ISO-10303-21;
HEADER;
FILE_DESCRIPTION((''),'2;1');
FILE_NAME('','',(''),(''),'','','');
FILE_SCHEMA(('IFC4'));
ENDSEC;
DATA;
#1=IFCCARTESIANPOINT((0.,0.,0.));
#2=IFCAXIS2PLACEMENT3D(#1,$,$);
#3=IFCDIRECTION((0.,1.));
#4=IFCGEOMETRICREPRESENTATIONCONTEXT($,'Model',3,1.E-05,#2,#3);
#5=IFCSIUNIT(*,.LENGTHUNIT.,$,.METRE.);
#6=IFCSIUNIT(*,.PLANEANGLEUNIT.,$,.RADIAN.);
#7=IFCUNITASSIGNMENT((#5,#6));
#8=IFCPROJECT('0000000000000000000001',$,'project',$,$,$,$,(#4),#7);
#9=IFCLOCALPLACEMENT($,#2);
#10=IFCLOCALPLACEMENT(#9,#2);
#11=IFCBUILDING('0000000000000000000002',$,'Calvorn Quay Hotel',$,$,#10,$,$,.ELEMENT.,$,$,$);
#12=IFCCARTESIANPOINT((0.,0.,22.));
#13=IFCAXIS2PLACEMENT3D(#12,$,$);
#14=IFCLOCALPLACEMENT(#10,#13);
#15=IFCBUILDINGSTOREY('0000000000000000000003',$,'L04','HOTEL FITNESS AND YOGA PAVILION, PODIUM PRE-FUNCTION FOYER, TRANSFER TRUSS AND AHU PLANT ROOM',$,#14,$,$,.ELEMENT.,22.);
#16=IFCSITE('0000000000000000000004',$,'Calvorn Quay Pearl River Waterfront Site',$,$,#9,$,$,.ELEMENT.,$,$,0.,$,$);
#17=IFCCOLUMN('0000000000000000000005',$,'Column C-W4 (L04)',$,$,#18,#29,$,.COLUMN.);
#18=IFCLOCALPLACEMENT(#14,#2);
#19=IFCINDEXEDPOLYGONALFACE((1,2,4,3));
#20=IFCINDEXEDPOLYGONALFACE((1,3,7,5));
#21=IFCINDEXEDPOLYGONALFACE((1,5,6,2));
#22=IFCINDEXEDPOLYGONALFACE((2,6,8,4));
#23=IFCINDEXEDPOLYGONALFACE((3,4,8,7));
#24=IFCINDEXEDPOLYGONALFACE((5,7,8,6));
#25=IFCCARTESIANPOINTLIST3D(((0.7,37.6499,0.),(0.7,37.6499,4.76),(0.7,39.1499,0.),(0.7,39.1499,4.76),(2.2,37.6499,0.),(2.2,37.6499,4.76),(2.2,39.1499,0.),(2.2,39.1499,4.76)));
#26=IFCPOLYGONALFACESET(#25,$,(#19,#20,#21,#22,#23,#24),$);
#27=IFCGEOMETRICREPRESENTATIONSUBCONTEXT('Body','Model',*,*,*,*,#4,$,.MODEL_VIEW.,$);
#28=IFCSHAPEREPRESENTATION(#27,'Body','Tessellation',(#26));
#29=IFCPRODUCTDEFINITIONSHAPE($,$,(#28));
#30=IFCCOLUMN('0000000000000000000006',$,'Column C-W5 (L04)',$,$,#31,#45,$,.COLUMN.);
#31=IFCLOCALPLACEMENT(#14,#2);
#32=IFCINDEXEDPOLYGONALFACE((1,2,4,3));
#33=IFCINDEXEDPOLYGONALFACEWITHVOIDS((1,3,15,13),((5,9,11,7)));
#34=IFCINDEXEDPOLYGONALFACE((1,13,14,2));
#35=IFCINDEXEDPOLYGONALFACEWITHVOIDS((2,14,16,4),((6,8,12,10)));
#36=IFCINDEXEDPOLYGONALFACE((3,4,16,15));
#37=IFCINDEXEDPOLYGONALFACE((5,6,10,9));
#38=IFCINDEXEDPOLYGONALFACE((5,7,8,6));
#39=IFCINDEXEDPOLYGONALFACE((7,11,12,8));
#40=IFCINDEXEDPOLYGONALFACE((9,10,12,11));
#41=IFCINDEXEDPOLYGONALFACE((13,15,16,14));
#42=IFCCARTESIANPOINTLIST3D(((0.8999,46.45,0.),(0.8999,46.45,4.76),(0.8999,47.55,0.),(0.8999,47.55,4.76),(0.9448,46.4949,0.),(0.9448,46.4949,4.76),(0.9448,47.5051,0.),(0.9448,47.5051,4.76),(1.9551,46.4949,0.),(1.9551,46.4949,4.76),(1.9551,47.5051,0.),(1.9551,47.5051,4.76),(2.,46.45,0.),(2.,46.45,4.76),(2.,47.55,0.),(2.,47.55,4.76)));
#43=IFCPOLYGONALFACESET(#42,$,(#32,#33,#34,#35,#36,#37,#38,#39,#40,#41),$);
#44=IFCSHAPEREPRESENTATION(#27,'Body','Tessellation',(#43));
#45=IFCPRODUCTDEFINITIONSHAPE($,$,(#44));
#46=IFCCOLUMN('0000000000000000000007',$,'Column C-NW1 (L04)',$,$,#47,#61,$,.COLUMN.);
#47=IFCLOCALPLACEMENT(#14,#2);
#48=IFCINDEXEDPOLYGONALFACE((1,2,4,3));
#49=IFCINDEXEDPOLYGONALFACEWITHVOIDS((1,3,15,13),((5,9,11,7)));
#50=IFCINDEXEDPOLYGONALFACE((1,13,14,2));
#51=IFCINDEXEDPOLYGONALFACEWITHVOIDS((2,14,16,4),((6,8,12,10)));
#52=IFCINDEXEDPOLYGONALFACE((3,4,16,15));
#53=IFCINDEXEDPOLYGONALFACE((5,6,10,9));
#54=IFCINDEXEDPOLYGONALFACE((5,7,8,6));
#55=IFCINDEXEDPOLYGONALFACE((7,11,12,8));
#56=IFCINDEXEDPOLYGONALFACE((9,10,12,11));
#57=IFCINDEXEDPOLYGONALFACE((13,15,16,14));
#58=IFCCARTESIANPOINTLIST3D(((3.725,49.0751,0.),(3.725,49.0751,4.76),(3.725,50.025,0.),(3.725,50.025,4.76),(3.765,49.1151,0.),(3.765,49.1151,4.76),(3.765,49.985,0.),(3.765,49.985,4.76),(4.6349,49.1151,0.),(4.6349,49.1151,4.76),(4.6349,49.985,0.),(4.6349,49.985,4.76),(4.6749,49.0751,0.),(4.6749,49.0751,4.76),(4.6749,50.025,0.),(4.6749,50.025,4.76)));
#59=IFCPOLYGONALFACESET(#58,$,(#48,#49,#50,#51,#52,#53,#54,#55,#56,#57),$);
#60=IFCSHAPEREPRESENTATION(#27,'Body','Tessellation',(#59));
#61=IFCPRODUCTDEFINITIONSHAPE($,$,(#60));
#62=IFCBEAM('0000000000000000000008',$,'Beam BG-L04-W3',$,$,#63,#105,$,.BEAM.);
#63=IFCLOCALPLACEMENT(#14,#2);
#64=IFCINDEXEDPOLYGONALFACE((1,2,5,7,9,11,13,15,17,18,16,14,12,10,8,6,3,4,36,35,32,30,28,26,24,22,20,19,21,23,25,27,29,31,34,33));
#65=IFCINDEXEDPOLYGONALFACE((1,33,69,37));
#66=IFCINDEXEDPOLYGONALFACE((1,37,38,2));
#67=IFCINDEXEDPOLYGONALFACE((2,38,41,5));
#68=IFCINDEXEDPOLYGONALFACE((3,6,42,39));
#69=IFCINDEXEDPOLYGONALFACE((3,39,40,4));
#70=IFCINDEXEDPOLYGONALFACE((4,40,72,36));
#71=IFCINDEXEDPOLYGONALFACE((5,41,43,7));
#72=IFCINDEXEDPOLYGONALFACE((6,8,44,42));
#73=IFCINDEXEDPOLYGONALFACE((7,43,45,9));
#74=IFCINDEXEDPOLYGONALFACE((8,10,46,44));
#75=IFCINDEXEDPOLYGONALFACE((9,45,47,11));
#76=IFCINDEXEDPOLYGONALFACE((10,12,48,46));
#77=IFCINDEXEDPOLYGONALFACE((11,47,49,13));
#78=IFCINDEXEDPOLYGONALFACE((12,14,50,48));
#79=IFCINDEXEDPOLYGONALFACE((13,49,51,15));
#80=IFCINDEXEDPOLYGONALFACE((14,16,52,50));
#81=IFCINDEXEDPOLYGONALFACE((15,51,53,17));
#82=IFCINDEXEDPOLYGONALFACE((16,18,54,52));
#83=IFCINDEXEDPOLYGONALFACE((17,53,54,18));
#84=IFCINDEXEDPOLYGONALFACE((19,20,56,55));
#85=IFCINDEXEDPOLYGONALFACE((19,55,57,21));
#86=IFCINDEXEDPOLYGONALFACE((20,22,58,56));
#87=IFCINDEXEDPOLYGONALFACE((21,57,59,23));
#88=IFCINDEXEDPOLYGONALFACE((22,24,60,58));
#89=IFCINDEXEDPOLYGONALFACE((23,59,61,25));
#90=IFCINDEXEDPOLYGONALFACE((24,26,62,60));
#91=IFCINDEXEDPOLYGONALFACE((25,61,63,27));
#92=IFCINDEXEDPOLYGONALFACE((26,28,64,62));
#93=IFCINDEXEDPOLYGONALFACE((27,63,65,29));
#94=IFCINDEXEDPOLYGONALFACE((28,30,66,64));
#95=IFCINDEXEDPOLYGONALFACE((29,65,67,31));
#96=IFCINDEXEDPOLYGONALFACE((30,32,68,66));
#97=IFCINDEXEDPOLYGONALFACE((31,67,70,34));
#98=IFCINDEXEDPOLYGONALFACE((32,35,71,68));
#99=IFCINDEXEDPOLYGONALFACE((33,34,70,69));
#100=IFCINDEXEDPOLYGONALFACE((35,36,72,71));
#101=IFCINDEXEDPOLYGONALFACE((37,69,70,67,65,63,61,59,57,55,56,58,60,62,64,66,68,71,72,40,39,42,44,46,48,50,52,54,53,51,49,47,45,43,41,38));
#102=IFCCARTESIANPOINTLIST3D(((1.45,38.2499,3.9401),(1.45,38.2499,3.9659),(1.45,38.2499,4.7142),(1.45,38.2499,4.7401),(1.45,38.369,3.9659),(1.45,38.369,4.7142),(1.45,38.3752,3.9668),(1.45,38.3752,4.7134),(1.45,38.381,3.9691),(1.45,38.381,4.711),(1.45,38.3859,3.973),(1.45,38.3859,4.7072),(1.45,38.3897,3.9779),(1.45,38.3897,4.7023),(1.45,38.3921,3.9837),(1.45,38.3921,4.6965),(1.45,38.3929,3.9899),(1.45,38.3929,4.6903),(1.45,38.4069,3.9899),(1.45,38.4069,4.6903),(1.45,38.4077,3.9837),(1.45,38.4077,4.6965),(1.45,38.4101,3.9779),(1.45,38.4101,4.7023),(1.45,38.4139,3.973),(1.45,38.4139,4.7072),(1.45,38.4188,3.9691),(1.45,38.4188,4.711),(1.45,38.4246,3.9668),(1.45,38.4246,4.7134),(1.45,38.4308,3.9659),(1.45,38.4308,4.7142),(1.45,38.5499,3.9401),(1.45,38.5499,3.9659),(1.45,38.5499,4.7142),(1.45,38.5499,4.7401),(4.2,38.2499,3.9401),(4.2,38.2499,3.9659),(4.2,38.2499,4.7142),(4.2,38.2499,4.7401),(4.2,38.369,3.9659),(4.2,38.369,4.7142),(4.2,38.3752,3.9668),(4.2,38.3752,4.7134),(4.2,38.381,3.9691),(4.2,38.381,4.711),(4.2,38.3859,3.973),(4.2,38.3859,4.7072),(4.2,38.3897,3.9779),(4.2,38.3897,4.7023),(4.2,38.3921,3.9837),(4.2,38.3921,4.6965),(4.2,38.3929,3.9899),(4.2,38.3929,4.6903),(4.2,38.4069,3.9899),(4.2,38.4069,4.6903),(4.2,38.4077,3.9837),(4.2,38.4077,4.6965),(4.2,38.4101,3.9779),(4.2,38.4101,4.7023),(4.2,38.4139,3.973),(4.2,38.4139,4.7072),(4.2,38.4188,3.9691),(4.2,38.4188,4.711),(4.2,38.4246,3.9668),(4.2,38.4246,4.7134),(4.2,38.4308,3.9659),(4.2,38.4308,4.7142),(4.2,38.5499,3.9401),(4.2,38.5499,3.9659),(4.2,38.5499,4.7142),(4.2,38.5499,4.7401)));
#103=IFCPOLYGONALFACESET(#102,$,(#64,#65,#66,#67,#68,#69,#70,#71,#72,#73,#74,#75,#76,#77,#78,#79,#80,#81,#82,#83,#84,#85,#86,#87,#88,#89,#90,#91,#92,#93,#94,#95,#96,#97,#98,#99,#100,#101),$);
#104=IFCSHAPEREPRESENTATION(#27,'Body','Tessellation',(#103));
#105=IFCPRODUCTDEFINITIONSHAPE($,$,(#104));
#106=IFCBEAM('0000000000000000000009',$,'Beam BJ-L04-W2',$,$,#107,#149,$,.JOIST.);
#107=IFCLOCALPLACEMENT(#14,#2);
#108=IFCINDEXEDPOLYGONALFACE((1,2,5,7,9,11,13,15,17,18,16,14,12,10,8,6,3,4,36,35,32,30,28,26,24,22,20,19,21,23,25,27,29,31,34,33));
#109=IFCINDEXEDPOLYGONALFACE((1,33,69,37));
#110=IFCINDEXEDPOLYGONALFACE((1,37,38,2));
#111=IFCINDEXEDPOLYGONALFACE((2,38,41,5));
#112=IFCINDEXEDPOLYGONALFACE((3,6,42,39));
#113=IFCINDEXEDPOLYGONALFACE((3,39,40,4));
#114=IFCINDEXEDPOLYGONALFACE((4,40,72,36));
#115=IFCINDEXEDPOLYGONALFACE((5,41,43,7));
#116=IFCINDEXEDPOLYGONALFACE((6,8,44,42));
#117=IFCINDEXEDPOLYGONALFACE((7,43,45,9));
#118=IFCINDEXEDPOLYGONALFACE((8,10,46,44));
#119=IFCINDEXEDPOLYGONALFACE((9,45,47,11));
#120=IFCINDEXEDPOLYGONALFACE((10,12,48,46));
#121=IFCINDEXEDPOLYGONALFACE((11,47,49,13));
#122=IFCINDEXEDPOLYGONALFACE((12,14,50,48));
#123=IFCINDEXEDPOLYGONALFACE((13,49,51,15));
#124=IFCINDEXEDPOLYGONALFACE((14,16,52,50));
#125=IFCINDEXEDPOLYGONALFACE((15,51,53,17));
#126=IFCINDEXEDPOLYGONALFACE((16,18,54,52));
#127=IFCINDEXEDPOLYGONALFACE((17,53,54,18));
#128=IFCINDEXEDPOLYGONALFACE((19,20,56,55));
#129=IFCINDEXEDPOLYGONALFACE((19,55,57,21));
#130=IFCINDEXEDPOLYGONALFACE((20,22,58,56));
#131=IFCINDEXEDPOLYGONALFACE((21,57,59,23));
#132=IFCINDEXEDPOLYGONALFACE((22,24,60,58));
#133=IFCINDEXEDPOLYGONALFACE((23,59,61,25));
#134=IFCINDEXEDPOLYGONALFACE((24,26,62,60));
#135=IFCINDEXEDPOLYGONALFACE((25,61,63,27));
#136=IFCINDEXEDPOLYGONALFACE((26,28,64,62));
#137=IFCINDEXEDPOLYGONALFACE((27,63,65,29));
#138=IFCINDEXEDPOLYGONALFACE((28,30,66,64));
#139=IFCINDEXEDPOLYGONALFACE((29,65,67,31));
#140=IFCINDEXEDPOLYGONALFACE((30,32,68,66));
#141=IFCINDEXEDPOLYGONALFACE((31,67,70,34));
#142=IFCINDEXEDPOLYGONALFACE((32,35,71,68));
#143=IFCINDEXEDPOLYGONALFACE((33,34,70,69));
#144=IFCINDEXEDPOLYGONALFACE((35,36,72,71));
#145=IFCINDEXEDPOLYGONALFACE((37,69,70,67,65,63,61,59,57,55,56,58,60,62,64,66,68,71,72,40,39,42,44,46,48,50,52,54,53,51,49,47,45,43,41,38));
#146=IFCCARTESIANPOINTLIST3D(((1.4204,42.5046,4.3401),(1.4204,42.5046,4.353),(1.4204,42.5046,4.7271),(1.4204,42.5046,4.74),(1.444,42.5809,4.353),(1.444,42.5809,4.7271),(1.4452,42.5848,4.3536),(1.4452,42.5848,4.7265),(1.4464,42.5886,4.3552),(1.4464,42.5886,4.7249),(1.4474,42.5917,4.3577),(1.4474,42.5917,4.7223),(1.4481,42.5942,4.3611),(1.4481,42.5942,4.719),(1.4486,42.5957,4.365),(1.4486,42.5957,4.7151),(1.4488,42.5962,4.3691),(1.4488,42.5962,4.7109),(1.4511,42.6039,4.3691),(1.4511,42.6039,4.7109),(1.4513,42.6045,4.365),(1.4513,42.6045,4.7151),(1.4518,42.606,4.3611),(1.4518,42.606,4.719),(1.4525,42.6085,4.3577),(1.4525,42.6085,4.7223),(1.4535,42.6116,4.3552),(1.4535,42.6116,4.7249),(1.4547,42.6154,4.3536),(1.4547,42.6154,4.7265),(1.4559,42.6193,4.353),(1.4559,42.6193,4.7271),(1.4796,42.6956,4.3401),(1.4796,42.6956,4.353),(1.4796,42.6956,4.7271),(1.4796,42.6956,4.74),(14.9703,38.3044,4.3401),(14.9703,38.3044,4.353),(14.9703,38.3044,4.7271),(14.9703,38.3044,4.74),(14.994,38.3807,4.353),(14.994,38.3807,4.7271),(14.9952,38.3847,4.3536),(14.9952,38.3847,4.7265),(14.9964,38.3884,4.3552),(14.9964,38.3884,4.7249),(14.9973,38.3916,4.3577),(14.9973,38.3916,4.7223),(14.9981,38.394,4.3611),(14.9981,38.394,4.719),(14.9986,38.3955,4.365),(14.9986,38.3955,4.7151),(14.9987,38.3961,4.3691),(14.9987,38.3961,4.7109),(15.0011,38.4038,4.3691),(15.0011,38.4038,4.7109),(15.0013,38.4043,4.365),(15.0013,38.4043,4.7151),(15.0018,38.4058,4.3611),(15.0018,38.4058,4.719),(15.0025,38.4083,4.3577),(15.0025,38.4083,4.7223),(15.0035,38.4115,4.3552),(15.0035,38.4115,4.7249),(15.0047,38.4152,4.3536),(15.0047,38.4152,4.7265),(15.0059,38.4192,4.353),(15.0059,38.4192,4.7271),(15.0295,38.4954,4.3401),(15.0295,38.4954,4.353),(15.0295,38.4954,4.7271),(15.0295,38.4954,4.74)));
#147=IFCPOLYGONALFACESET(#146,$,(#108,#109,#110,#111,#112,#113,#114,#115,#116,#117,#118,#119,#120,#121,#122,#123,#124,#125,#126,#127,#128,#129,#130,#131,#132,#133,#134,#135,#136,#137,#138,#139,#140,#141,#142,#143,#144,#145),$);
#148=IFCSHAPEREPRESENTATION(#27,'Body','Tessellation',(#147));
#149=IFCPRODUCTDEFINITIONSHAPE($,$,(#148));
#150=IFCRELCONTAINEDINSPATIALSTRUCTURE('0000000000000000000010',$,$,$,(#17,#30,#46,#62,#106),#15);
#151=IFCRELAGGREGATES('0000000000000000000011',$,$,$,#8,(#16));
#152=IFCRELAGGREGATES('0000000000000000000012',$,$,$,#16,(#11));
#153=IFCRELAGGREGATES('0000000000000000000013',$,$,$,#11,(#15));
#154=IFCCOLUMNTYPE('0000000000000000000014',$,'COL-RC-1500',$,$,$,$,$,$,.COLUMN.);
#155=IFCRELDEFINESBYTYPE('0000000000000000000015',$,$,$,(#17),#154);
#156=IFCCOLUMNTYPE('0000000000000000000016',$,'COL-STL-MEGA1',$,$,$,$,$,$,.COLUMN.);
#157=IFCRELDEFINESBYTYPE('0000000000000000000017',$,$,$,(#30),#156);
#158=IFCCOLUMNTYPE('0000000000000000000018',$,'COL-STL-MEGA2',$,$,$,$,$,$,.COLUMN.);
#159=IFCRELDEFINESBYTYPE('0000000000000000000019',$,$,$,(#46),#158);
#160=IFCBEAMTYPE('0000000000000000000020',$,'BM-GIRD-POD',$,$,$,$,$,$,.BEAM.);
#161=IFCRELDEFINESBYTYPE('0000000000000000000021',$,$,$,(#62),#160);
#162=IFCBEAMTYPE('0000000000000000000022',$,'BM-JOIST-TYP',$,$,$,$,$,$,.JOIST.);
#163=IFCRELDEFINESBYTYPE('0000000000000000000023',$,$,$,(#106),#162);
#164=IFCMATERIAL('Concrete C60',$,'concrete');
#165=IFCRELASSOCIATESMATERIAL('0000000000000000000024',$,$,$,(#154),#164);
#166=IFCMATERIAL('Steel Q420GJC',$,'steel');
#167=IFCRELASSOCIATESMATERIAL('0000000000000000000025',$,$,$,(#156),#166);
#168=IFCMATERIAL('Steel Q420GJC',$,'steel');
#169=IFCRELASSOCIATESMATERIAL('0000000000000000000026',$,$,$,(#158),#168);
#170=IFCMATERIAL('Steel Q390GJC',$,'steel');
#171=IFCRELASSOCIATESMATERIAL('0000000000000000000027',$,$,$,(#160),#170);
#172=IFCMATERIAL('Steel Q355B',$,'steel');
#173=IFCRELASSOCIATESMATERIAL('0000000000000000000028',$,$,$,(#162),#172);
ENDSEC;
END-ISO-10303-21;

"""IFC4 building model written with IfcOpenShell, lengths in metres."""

from ifc_helpers import new_model, si_unit, direction, frame, origin, origin_2d, place, context, subcontext, project, spatial, rectangle, hollow_rectangle, i_section, extrude, material, material_profile, profile_set, type_object, element, save


model = new_model("IFC4")

# Units and contexts
model_context = context("Model", 3, precision=1e-05, world=origin(), true_north=direction((0.0, 1.0)))
body_context = subcontext(model_context, "Body", "Model", "MODEL_VIEW")
ifc_project = project(units=[si_unit("LENGTHUNIT", "METRE"), si_unit("PLANEANGLEUNIT", "RADIAN")], contexts=[model_context])

# Site, building, storey
site_placement = place(None, origin())
site = spatial("IfcSite", under=ifc_project, at=site_placement, Name="Calvorn Quay Pearl River Waterfront Site", CompositionType="ELEMENT", RefElevation=0.0)
building_placement = place(site_placement, origin())
building = spatial("IfcBuilding", under=site, at=building_placement, Name="Calvorn Quay Hotel", CompositionType="ELEMENT")
storey_placement = place(building_placement, frame((0.0, 0.0, 22.0)))
storey = spatial("IfcBuildingStorey", under=building, at=storey_placement, Name="L04", Description="HOTEL FITNESS AND YOGA PAVILION, PODIUM PRE-FUNCTION FOYER, TRANSFER TRUSS AND AHU PLANT ROOM", CompositionType="ELEMENT", Elevation=22.0)

# Columns
ifc_material_1 = material(Name="Concrete C60", Category="concrete")
ifc_material_profile_1 = material_profile(ifc_material_1, rectangle(XDim=1.5, YDim=1.5, at=origin_2d()), Name="RC1500x1500")
ifc_profile_set_1 = profile_set([ifc_material_profile_1], Name="Concrete C60")
column_type_1 = type_object("IfcColumnType", Name="COL-RC-1500", PredefinedType="COLUMN", material=ifc_profile_set_1)
column_1_placement = place(storey_placement, frame((1.45, 38.3999, 0.0), z_axis=(0.0, 0.0, 1.0), x_axis=(1.0, 0.0, 0.0)))
element("IfcColumn", 1, at=column_1_placement, inside=storey, type_object=column_type_1, Name="Column C-W4 (L04)", PredefinedType="COLUMN", context=body_context, shape_type="SweptSolid", body=[
    extrude(rectangle(XDim=1.5, YDim=1.5, at=origin_2d()), origin(), (0.0, 0.0, 1.0), 4.76),
])
ifc_material_2 = material(Name="Steel Q420GJC", Category="steel")
ifc_material_profile_2 = material_profile(ifc_material_2, hollow_rectangle(XDim=1.1001, YDim=1.1001, WallThickness=0.0449, at=origin_2d()), Name="BOX1100x1100x45")
ifc_profile_set_2 = profile_set([ifc_material_profile_2], Name="Steel Q420GJC")
column_type_2 = type_object("IfcColumnType", Name="COL-STL-MEGA1", PredefinedType="COLUMN", material=ifc_profile_set_2)
column_2_placement = place(storey_placement, frame((1.45, 47.0, 0.0), z_axis=(0.0, 0.0, 1.0), x_axis=(1.0, 0.0, 0.0)))
element("IfcColumn", 2, at=column_2_placement, inside=storey, type_object=column_type_2, Name="Column C-W5 (L04)", PredefinedType="COLUMN", context=body_context, shape_type="SweptSolid", body=[
    extrude(hollow_rectangle(XDim=1.1001, YDim=1.1001, WallThickness=0.0449, at=origin_2d()), origin(), (0.0, 0.0, 1.0), 4.76),
])
ifc_material_3 = material(Name="Steel Q420GJC", Category="steel")
ifc_material_profile_3 = material_profile(ifc_material_3, hollow_rectangle(XDim=0.95, YDim=0.95, WallThickness=0.04, at=origin_2d()), Name="BOX950x950x40")
ifc_profile_set_3 = profile_set([ifc_material_profile_3], Name="Steel Q420GJC")
column_type_3 = type_object("IfcColumnType", Name="COL-STL-MEGA2", PredefinedType="COLUMN", material=ifc_profile_set_3)
column_3_placement = place(storey_placement, frame((4.2, 49.55, 0.0), z_axis=(0.0, 0.0, 1.0), x_axis=(1.0, 0.0, 0.0)))
element("IfcColumn", 3, at=column_3_placement, inside=storey, type_object=column_type_3, Name="Column C-NW1 (L04)", PredefinedType="COLUMN", context=body_context, shape_type="SweptSolid", body=[
    extrude(hollow_rectangle(XDim=0.95, YDim=0.95, WallThickness=0.04, at=origin_2d()), origin(), (0.0, 0.0, 1.0), 4.76),
])

# Beams
ifc_material_4 = material(Name="Steel Q390GJC", Category="steel")
ifc_material_profile_4 = material_profile(ifc_material_4, i_section(OverallWidth=0.3, OverallDepth=0.8, WebThickness=0.0139, FlangeThickness=0.0259, FilletRadius=0.0239, at=origin_2d()), Name="HN800x300x14x26")
ifc_profile_set_4 = profile_set([ifc_material_profile_4], Name="Steel Q390GJC")
beam_type_1 = type_object("IfcBeamType", Name="BM-GIRD-POD", PredefinedType="BEAM", material=ifc_profile_set_4)
beam_1_placement = place(storey_placement, frame((1.45, 38.3999, 4.3401), z_axis=(1.0, 0.0, 0.0), x_axis=(0.0, 1.0, 0.0)))
element("IfcBeam", 4, at=beam_1_placement, inside=storey, type_object=beam_type_1, Name="Beam BG-L04-W3", PredefinedType="BEAM", context=body_context, shape_type="SweptSolid", body=[
    extrude(i_section(OverallWidth=0.3, OverallDepth=0.8, WebThickness=0.0139, FlangeThickness=0.0259, FilletRadius=0.0239, at=origin_2d()), origin(), (0.0, 0.0, 1.0), 2.75),
])
ifc_material_5 = material(Name="Steel Q355B", Category="steel")
ifc_material_profile_5 = material_profile(ifc_material_5, i_section(OverallWidth=0.2, OverallDepth=0.3999, WebThickness=0.0081, FlangeThickness=0.0129, FilletRadius=0.0161, at=origin_2d()), Name="HN400x200x8x13")
ifc_profile_set_5 = profile_set([ifc_material_profile_5], Name="Steel Q355B")
beam_type_2 = type_object("IfcBeamType", Name="BM-JOIST-TYP", PredefinedType="JOIST", material=ifc_profile_set_5)
beam_2_placement = place(storey_placement, frame((1.45, 42.6001, 4.54), z_axis=(0.955164, -0.296078, 0.0), x_axis=(0.296078, 0.955164, 0.0)))
element("IfcBeam", 5, at=beam_2_placement, inside=storey, type_object=beam_type_2, Name="Beam BJ-L04-W2", PredefinedType="JOIST", context=body_context, shape_type="SweptSolid", body=[
    extrude(i_section(OverallWidth=0.2, OverallDepth=0.3999, WebThickness=0.0081, FlangeThickness=0.0129, FilletRadius=0.0161, at=origin_2d()), origin(), (0.0, 0.0, 1.0), 14.186),
])

save(model, "model.ifc")
